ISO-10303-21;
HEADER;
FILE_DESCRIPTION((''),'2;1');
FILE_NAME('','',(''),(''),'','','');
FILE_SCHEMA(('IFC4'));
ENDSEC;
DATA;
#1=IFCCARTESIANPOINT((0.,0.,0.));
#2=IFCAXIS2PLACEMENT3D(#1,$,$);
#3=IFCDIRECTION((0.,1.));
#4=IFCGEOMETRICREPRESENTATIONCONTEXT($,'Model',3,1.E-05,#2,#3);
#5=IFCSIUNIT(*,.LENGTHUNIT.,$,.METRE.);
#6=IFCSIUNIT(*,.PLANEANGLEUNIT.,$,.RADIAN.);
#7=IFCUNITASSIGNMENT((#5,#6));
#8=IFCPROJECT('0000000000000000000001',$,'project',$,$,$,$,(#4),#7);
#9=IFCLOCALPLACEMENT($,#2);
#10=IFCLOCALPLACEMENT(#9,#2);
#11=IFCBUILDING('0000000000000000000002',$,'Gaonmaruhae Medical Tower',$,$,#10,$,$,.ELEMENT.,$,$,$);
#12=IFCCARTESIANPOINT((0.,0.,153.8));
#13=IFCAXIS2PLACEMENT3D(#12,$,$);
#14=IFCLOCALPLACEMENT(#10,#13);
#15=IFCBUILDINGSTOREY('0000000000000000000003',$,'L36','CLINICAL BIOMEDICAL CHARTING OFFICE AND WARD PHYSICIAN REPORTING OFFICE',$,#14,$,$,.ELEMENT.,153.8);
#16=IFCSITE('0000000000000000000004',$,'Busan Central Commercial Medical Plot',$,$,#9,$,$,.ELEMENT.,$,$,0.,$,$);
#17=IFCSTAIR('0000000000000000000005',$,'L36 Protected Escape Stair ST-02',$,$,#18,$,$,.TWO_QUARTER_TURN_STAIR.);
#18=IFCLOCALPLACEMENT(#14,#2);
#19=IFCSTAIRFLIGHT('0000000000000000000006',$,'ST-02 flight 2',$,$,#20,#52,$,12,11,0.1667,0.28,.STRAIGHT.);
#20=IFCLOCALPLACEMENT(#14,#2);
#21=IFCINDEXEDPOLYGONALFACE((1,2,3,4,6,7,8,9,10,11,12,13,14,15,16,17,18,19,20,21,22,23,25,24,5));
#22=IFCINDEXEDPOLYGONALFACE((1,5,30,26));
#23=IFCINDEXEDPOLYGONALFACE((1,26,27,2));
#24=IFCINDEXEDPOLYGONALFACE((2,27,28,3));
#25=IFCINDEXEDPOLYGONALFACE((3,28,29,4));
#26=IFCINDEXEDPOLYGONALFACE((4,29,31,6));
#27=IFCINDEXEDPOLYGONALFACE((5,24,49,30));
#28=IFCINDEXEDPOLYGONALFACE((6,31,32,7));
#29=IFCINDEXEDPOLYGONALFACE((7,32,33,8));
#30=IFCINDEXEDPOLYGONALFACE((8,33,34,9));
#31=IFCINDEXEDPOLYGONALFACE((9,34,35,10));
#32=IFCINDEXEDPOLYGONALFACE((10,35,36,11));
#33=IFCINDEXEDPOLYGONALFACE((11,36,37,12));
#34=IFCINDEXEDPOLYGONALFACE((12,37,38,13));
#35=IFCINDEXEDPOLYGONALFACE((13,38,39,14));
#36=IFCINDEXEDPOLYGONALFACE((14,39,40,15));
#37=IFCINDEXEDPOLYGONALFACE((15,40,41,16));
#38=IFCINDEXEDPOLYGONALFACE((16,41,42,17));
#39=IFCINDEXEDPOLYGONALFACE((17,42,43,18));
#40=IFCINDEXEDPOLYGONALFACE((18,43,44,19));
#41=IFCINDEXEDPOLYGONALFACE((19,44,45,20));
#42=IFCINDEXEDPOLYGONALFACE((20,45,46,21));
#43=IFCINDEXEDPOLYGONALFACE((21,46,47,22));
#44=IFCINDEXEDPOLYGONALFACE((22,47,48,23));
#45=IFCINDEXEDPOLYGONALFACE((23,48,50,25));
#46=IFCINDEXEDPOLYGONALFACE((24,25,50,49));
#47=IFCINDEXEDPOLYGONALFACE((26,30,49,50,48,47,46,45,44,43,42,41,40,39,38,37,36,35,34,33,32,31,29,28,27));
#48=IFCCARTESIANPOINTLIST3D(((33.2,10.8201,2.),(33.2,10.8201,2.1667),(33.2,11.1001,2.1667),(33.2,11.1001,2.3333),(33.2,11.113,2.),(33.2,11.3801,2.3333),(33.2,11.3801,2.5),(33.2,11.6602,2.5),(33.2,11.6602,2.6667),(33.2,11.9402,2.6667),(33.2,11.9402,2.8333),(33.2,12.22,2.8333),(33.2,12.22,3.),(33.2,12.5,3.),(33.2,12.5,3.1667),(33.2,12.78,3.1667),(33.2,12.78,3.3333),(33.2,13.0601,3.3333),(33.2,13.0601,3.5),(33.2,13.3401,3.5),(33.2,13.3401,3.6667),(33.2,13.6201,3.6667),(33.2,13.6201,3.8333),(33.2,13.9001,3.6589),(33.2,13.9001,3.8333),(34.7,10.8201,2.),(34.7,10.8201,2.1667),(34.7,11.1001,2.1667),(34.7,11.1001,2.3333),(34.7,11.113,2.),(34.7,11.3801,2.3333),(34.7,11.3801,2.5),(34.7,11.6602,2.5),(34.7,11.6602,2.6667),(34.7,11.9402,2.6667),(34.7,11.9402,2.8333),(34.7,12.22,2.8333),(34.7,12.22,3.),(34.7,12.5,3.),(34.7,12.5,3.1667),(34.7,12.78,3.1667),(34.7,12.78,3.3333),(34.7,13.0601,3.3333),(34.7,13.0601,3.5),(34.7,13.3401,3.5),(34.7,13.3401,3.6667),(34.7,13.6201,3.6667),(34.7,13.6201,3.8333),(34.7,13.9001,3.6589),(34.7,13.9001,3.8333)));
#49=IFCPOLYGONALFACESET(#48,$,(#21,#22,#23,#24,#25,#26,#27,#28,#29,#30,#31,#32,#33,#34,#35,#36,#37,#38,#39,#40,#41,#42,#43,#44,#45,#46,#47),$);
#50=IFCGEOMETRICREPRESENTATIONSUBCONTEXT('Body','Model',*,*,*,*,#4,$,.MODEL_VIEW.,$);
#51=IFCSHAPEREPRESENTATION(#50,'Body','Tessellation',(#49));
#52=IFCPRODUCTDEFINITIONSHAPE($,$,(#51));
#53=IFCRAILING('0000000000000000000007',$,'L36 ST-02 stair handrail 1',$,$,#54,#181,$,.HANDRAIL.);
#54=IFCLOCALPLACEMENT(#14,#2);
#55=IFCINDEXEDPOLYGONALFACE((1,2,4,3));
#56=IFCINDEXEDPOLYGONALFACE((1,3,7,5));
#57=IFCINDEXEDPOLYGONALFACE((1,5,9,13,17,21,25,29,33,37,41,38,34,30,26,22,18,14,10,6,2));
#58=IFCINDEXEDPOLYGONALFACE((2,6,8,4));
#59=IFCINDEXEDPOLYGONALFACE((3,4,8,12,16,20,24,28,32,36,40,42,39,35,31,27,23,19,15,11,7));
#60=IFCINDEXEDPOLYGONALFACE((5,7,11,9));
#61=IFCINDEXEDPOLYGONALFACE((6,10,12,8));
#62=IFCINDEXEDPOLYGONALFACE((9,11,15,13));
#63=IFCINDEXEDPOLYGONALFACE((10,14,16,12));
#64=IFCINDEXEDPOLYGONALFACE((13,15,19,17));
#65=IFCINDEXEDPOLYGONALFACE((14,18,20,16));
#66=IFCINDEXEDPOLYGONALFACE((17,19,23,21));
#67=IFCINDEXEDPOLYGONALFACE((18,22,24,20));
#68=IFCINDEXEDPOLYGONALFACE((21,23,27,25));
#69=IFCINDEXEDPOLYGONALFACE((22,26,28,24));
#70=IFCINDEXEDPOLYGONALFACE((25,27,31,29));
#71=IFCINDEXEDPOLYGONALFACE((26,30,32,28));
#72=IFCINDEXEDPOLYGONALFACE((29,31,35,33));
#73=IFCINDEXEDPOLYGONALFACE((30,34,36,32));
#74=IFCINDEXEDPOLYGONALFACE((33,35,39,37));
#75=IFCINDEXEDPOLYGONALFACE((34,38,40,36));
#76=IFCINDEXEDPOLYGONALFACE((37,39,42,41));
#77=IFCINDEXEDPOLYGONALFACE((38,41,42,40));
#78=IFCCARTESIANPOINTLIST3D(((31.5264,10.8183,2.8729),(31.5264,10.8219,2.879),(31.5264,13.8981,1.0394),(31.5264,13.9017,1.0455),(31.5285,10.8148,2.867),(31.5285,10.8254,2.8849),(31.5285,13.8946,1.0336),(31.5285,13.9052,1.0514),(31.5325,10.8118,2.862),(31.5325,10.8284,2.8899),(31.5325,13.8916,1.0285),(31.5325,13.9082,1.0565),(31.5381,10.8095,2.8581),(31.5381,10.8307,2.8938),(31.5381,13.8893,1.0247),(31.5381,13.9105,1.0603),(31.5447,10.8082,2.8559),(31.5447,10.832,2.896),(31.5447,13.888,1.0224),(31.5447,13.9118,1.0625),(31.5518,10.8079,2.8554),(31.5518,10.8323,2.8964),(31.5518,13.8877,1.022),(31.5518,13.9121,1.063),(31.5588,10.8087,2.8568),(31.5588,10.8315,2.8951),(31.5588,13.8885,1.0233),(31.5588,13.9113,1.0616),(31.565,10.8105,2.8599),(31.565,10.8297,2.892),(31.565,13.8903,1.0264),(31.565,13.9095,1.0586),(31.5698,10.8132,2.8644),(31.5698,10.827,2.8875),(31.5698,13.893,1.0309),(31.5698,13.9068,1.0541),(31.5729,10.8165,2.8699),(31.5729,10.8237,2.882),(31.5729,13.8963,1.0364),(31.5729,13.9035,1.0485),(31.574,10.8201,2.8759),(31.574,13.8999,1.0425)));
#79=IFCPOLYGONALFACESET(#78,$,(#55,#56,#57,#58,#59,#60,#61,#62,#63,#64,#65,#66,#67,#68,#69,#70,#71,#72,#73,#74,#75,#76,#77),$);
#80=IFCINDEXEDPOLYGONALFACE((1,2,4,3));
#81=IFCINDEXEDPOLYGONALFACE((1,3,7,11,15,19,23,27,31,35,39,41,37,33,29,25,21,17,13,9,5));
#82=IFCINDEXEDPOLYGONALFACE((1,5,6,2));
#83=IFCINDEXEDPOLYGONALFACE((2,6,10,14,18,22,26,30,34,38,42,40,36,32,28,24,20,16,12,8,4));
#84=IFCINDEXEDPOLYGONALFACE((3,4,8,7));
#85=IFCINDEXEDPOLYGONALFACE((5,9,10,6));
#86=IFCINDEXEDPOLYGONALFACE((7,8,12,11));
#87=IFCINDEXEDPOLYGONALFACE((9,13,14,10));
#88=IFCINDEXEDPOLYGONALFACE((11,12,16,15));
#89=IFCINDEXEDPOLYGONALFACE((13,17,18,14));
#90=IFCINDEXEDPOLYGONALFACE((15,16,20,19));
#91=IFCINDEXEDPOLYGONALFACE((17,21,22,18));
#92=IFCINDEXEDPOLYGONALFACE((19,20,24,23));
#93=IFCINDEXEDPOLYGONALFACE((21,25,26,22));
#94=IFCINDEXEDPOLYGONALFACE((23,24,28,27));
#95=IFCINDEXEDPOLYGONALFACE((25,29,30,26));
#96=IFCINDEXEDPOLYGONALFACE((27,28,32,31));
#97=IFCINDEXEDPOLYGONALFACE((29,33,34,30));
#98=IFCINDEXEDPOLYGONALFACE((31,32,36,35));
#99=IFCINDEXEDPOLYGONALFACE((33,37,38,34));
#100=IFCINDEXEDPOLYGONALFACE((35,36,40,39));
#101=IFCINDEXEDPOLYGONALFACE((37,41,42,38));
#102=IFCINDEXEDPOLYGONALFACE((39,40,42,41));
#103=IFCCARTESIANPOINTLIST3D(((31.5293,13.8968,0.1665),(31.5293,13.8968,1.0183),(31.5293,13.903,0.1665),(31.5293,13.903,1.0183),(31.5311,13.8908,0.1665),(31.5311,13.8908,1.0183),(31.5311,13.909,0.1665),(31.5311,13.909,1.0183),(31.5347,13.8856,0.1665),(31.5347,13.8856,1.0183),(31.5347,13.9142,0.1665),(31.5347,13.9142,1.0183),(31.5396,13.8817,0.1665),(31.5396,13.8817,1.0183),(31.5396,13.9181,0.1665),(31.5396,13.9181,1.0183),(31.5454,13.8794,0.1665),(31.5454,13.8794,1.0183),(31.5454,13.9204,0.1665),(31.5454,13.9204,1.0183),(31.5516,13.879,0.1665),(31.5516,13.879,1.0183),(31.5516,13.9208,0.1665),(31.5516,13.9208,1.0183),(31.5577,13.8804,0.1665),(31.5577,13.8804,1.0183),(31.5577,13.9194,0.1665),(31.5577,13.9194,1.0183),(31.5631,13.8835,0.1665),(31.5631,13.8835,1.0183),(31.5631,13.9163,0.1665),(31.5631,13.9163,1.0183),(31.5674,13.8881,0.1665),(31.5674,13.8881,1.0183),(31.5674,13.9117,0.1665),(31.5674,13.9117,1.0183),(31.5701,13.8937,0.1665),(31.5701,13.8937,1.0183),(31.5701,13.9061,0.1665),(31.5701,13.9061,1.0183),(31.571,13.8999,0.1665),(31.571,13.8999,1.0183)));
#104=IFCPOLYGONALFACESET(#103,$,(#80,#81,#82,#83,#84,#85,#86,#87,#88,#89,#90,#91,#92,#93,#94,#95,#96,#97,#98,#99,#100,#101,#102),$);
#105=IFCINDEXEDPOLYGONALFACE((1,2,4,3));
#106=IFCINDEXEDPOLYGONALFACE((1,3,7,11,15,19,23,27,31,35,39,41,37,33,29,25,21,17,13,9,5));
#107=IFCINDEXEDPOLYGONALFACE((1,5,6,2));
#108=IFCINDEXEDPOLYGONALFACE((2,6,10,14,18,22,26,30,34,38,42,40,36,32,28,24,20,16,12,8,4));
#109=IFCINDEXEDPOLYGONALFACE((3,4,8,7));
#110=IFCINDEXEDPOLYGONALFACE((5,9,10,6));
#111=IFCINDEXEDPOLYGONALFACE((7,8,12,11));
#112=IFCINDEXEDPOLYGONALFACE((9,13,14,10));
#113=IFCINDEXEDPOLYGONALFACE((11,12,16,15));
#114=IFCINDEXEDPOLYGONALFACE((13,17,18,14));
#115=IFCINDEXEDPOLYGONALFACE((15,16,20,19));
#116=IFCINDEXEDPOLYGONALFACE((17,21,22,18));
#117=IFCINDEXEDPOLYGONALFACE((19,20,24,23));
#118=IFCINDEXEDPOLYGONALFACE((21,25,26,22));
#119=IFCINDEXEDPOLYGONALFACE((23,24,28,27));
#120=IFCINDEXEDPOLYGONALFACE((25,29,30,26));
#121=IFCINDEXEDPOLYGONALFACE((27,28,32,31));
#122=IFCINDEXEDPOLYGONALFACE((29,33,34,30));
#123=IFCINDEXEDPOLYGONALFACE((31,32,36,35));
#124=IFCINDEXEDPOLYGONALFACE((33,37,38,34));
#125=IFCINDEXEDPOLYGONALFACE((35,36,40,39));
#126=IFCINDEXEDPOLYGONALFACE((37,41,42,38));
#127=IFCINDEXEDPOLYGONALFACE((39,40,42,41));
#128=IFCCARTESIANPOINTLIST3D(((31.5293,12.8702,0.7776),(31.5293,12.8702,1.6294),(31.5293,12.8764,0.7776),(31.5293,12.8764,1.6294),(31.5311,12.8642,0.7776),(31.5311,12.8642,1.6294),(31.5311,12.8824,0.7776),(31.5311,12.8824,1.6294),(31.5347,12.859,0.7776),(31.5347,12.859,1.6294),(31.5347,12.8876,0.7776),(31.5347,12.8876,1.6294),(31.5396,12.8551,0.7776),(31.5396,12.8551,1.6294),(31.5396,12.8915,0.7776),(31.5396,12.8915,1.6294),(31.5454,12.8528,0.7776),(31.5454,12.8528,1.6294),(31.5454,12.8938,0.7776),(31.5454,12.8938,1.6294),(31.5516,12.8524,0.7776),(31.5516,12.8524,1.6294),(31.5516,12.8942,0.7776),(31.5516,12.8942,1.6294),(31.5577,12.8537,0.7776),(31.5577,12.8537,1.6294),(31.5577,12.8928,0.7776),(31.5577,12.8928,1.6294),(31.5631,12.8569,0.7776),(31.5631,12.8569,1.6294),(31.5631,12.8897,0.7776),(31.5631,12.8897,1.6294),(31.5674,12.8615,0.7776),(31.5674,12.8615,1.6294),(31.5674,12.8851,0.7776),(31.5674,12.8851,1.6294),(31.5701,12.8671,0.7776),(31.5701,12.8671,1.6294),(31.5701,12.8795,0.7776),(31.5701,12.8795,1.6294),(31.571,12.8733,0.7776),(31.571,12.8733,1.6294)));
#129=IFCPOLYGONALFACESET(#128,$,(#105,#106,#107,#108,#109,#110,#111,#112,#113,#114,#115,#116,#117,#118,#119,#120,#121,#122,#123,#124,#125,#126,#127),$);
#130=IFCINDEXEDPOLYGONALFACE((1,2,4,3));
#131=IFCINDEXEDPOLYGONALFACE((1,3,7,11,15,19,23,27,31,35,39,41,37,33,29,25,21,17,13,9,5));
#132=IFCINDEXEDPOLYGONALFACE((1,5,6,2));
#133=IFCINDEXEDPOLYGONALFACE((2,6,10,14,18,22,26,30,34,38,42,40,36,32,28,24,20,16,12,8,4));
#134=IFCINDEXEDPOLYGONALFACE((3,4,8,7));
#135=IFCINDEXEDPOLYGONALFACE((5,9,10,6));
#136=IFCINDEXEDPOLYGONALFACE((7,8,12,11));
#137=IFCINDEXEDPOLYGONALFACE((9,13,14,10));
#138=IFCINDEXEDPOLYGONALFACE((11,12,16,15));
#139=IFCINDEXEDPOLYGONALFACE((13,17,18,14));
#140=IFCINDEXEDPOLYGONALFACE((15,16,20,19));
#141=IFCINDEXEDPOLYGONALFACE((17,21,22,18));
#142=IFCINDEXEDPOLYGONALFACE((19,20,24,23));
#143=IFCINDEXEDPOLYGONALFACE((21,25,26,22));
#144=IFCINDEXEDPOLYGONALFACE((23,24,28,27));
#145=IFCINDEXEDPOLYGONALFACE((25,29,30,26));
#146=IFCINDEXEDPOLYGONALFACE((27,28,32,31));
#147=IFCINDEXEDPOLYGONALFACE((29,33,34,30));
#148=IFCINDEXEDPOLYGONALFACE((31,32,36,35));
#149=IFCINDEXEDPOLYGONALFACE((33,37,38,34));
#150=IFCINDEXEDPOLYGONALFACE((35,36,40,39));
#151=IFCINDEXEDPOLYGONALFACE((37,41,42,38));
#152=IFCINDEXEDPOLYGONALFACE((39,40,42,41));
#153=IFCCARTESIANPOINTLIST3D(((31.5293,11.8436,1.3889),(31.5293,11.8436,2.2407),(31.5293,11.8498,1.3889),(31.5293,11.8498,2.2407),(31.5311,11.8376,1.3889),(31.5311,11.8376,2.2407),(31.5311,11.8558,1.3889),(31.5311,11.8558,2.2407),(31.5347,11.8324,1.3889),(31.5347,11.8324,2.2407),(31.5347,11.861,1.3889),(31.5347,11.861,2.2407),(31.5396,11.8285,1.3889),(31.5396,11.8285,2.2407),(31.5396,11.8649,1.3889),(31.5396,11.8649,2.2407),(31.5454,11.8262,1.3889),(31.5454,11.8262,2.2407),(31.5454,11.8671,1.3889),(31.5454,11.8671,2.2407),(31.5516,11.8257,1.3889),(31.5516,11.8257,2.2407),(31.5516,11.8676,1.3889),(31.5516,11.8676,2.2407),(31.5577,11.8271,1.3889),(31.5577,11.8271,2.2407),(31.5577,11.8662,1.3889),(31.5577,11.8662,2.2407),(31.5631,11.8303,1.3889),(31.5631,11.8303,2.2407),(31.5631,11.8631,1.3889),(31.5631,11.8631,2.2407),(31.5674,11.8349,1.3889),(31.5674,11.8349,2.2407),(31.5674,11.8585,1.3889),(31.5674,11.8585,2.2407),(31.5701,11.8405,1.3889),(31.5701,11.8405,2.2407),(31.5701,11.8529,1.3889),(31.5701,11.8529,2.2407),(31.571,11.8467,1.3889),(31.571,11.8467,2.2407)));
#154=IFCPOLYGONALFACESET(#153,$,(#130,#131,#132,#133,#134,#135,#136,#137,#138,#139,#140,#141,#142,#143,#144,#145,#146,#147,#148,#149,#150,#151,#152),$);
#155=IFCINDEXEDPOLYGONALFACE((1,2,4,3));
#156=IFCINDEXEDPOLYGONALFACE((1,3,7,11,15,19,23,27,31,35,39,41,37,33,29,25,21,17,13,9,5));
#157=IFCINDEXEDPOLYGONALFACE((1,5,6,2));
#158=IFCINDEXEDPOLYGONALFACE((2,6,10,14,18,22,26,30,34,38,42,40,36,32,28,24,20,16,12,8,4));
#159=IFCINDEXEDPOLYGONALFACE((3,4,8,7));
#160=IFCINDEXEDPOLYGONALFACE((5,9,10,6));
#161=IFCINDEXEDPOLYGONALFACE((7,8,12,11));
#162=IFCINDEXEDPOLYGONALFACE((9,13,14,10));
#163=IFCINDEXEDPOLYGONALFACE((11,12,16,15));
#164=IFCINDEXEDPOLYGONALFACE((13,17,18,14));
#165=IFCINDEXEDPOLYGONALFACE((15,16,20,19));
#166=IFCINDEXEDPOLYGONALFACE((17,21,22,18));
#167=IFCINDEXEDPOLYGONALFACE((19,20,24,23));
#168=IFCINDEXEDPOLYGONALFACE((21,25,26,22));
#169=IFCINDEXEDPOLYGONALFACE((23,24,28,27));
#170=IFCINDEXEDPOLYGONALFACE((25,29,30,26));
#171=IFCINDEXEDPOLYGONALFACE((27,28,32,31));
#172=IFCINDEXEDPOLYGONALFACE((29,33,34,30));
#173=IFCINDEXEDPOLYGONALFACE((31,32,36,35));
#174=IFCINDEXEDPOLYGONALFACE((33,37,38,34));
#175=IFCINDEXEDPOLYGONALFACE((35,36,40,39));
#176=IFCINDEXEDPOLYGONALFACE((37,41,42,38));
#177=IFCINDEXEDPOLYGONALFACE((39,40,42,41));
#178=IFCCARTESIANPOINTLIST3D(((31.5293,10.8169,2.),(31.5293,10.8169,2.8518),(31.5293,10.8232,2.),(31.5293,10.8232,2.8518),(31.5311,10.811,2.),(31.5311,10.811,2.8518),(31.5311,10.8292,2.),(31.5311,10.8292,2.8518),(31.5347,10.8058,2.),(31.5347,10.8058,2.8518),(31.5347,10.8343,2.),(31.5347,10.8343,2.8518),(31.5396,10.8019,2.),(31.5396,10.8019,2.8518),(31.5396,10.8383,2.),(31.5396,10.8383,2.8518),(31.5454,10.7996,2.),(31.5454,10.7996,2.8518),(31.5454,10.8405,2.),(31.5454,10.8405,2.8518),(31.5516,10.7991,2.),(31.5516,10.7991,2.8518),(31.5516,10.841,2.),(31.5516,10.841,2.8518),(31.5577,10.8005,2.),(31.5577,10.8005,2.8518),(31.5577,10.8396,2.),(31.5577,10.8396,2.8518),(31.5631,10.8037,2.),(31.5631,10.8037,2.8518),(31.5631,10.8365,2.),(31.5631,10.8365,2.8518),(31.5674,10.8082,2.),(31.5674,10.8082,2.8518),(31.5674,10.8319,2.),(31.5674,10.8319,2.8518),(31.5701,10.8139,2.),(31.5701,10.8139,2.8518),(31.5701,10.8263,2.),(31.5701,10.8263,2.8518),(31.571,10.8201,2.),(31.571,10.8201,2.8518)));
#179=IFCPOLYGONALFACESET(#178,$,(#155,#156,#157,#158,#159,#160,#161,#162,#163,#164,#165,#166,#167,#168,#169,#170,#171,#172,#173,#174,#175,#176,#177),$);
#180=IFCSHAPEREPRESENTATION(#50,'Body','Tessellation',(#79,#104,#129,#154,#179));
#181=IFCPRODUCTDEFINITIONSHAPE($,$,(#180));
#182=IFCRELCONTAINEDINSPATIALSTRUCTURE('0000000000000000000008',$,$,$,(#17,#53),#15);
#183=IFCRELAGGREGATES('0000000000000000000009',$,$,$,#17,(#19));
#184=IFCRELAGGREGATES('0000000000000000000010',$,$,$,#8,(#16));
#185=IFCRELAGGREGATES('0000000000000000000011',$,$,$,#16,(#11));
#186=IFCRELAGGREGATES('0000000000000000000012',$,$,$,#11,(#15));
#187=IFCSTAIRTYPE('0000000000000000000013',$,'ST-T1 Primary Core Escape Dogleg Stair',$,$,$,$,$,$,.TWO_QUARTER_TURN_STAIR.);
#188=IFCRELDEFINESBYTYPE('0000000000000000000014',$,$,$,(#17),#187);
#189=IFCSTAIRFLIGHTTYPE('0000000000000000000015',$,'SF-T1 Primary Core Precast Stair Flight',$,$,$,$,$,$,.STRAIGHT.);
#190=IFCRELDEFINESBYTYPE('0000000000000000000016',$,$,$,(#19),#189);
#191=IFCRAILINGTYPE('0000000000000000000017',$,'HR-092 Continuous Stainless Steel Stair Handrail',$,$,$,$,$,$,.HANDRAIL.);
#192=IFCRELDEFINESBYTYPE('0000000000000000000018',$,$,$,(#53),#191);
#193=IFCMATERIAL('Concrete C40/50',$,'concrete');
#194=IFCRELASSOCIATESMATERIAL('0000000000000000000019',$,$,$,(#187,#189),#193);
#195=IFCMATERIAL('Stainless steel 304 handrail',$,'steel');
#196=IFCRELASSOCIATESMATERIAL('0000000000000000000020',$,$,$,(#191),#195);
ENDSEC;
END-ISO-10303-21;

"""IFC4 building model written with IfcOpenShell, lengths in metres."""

from ifc_helpers import new_model, si_unit, direction, frame, origin, origin_2d, place, context, subcontext, project, spatial, polyline, circle, outline, extrude, material, type_object, element, aggregate, save


model = new_model("IFC4")

# Units and contexts
model_context = context("Model", 3, precision=1e-05, world=origin(), true_north=direction((0.0, 1.0)))
body_context = subcontext(model_context, "Body", "Model", "MODEL_VIEW")
ifc_project = project(units=[si_unit("LENGTHUNIT", "METRE"), si_unit("PLANEANGLEUNIT", "RADIAN")], contexts=[model_context])

# Site, building, storey
site_placement = place(None, origin())
site = spatial("IfcSite", under=ifc_project, at=site_placement, Name="Busan Central Commercial Medical Plot", CompositionType="ELEMENT", RefElevation=0.0)
building_placement = place(site_placement, origin())
building = spatial("IfcBuilding", under=site, at=building_placement, Name="Gaonmaruhae Medical Tower", CompositionType="ELEMENT")
storey_placement = place(building_placement, frame((0.0, 0.0, 153.8)))
storey = spatial("IfcBuildingStorey", under=building, at=storey_placement, Name="L36", Description="CLINICAL BIOMEDICAL CHARTING OFFICE AND WARD PHYSICIAN REPORTING OFFICE", CompositionType="ELEMENT", Elevation=153.8)

# Stair, stair flight
ifc_material_1 = material(Name="Concrete C40/50", Category="concrete")
stair_type = type_object("IfcStairType", Name="ST-T1 Primary Core Escape Dogleg Stair", PredefinedType="TWO_QUARTER_TURN_STAIR", material=ifc_material_1)
stair_placement = place(storey_placement, origin())
stair = element("IfcStair", 1, at=stair_placement, inside=storey, type_object=stair_type, Name="L36 Protected Escape Stair ST-02", PredefinedType="TWO_QUARTER_TURN_STAIR")
stair_flight_type = type_object("IfcStairFlightType", Name="SF-T1 Primary Core Precast Stair Flight", PredefinedType="STRAIGHT", material=ifc_material_1)
stair_flight_1_placement = place(storey_placement, frame((33.95, 10.8201, 2.0), z_axis=(0.0, 0.0, 1.0), x_axis=(0.0, 1.0, 0.0)))
stair_flight_1 = element("IfcStairFlight", 2, at=stair_flight_1_placement, type_object=stair_flight_type, Name="ST-02 flight 2", NumberOfRisers=12, NumberOfTreads=11, PredefinedType="STRAIGHT", RiserHeight=0.1667, TreadLength=0.28, context=body_context, shape_type="SweptSolid", body=[
    extrude(outline(polyline([(0.0, 0.0), (0.0, 0.1667), (0.28, 0.1667), (0.28, 0.3333), (0.5601, 0.3333), (0.5601, 0.5), (0.8401, 0.5), (0.8401, 0.6667), (1.1201, 0.6667), (1.1201, 0.8333), (1.3999, 0.8333), (1.3999, 1.0), (1.6799, 1.0), (1.6799, 1.1667), (1.96, 1.1667), (1.96, 1.3333), (2.24, 1.3333), (2.24, 1.5), (2.52, 1.5), (2.52, 1.6667), (2.8, 1.6667), (2.8, 1.8333), (3.0801, 1.8333), (3.0801, 2.0), (3.0801, 1.6589), (0.293, 0.0), (0.0, 0.0)])), frame((0.0, 0.75, 0.0), z_axis=(0.0, -1.0, 0.0), x_axis=(1.0, 0.0, 0.0)), (0.0, 0.0, 1.0), 1.5),
])
aggregate(stair, [stair_flight_1])

# Railing
ifc_material_2 = material(Name="Stainless steel 304 handrail", Category="steel")
railing_type_1 = type_object("IfcRailingType", Name="HR-092 Continuous Stainless Steel Stair Handrail", PredefinedType="HANDRAIL", material=ifc_material_2)
railing_1_placement = place(storey_placement, frame((31.55, 13.8999, 0.1665)))
element("IfcRailing", 3, at=railing_1_placement, inside=storey, type_object=railing_type_1, Name="L36 ST-02 stair handrail 1", PredefinedType="HANDRAIL", context=body_context, shape_type="SweptSolid", body=[
    extrude(circle(Radius=0.0239, at=origin_2d()), frame((0.0, 0.0, 0.876), z_axis=(0.0, -0.859261, 0.511538), x_axis=(1.0, 0.0, 0.0)), (0.0, 0.0, 1.0), 3.5842),
    extrude(circle(Radius=0.021, at=origin_2d()), origin(), (0.0, 0.0, 1.0), 0.8518),
    extrude(circle(Radius=0.021, at=origin_2d()), frame((0.0, -1.0266, 0.6111)), (0.0, 0.0, 1.0), 0.8518),
    extrude(circle(Radius=0.021, at=origin_2d()), frame((0.0, -2.0532, 1.2224)), (0.0, 0.0, 1.0), 0.8518),
    extrude(circle(Radius=0.021, at=origin_2d()), frame((0.0, -3.0798, 1.8335)), (0.0, 0.0, 1.0), 0.8518),
])

save(model, "model.ifc")
